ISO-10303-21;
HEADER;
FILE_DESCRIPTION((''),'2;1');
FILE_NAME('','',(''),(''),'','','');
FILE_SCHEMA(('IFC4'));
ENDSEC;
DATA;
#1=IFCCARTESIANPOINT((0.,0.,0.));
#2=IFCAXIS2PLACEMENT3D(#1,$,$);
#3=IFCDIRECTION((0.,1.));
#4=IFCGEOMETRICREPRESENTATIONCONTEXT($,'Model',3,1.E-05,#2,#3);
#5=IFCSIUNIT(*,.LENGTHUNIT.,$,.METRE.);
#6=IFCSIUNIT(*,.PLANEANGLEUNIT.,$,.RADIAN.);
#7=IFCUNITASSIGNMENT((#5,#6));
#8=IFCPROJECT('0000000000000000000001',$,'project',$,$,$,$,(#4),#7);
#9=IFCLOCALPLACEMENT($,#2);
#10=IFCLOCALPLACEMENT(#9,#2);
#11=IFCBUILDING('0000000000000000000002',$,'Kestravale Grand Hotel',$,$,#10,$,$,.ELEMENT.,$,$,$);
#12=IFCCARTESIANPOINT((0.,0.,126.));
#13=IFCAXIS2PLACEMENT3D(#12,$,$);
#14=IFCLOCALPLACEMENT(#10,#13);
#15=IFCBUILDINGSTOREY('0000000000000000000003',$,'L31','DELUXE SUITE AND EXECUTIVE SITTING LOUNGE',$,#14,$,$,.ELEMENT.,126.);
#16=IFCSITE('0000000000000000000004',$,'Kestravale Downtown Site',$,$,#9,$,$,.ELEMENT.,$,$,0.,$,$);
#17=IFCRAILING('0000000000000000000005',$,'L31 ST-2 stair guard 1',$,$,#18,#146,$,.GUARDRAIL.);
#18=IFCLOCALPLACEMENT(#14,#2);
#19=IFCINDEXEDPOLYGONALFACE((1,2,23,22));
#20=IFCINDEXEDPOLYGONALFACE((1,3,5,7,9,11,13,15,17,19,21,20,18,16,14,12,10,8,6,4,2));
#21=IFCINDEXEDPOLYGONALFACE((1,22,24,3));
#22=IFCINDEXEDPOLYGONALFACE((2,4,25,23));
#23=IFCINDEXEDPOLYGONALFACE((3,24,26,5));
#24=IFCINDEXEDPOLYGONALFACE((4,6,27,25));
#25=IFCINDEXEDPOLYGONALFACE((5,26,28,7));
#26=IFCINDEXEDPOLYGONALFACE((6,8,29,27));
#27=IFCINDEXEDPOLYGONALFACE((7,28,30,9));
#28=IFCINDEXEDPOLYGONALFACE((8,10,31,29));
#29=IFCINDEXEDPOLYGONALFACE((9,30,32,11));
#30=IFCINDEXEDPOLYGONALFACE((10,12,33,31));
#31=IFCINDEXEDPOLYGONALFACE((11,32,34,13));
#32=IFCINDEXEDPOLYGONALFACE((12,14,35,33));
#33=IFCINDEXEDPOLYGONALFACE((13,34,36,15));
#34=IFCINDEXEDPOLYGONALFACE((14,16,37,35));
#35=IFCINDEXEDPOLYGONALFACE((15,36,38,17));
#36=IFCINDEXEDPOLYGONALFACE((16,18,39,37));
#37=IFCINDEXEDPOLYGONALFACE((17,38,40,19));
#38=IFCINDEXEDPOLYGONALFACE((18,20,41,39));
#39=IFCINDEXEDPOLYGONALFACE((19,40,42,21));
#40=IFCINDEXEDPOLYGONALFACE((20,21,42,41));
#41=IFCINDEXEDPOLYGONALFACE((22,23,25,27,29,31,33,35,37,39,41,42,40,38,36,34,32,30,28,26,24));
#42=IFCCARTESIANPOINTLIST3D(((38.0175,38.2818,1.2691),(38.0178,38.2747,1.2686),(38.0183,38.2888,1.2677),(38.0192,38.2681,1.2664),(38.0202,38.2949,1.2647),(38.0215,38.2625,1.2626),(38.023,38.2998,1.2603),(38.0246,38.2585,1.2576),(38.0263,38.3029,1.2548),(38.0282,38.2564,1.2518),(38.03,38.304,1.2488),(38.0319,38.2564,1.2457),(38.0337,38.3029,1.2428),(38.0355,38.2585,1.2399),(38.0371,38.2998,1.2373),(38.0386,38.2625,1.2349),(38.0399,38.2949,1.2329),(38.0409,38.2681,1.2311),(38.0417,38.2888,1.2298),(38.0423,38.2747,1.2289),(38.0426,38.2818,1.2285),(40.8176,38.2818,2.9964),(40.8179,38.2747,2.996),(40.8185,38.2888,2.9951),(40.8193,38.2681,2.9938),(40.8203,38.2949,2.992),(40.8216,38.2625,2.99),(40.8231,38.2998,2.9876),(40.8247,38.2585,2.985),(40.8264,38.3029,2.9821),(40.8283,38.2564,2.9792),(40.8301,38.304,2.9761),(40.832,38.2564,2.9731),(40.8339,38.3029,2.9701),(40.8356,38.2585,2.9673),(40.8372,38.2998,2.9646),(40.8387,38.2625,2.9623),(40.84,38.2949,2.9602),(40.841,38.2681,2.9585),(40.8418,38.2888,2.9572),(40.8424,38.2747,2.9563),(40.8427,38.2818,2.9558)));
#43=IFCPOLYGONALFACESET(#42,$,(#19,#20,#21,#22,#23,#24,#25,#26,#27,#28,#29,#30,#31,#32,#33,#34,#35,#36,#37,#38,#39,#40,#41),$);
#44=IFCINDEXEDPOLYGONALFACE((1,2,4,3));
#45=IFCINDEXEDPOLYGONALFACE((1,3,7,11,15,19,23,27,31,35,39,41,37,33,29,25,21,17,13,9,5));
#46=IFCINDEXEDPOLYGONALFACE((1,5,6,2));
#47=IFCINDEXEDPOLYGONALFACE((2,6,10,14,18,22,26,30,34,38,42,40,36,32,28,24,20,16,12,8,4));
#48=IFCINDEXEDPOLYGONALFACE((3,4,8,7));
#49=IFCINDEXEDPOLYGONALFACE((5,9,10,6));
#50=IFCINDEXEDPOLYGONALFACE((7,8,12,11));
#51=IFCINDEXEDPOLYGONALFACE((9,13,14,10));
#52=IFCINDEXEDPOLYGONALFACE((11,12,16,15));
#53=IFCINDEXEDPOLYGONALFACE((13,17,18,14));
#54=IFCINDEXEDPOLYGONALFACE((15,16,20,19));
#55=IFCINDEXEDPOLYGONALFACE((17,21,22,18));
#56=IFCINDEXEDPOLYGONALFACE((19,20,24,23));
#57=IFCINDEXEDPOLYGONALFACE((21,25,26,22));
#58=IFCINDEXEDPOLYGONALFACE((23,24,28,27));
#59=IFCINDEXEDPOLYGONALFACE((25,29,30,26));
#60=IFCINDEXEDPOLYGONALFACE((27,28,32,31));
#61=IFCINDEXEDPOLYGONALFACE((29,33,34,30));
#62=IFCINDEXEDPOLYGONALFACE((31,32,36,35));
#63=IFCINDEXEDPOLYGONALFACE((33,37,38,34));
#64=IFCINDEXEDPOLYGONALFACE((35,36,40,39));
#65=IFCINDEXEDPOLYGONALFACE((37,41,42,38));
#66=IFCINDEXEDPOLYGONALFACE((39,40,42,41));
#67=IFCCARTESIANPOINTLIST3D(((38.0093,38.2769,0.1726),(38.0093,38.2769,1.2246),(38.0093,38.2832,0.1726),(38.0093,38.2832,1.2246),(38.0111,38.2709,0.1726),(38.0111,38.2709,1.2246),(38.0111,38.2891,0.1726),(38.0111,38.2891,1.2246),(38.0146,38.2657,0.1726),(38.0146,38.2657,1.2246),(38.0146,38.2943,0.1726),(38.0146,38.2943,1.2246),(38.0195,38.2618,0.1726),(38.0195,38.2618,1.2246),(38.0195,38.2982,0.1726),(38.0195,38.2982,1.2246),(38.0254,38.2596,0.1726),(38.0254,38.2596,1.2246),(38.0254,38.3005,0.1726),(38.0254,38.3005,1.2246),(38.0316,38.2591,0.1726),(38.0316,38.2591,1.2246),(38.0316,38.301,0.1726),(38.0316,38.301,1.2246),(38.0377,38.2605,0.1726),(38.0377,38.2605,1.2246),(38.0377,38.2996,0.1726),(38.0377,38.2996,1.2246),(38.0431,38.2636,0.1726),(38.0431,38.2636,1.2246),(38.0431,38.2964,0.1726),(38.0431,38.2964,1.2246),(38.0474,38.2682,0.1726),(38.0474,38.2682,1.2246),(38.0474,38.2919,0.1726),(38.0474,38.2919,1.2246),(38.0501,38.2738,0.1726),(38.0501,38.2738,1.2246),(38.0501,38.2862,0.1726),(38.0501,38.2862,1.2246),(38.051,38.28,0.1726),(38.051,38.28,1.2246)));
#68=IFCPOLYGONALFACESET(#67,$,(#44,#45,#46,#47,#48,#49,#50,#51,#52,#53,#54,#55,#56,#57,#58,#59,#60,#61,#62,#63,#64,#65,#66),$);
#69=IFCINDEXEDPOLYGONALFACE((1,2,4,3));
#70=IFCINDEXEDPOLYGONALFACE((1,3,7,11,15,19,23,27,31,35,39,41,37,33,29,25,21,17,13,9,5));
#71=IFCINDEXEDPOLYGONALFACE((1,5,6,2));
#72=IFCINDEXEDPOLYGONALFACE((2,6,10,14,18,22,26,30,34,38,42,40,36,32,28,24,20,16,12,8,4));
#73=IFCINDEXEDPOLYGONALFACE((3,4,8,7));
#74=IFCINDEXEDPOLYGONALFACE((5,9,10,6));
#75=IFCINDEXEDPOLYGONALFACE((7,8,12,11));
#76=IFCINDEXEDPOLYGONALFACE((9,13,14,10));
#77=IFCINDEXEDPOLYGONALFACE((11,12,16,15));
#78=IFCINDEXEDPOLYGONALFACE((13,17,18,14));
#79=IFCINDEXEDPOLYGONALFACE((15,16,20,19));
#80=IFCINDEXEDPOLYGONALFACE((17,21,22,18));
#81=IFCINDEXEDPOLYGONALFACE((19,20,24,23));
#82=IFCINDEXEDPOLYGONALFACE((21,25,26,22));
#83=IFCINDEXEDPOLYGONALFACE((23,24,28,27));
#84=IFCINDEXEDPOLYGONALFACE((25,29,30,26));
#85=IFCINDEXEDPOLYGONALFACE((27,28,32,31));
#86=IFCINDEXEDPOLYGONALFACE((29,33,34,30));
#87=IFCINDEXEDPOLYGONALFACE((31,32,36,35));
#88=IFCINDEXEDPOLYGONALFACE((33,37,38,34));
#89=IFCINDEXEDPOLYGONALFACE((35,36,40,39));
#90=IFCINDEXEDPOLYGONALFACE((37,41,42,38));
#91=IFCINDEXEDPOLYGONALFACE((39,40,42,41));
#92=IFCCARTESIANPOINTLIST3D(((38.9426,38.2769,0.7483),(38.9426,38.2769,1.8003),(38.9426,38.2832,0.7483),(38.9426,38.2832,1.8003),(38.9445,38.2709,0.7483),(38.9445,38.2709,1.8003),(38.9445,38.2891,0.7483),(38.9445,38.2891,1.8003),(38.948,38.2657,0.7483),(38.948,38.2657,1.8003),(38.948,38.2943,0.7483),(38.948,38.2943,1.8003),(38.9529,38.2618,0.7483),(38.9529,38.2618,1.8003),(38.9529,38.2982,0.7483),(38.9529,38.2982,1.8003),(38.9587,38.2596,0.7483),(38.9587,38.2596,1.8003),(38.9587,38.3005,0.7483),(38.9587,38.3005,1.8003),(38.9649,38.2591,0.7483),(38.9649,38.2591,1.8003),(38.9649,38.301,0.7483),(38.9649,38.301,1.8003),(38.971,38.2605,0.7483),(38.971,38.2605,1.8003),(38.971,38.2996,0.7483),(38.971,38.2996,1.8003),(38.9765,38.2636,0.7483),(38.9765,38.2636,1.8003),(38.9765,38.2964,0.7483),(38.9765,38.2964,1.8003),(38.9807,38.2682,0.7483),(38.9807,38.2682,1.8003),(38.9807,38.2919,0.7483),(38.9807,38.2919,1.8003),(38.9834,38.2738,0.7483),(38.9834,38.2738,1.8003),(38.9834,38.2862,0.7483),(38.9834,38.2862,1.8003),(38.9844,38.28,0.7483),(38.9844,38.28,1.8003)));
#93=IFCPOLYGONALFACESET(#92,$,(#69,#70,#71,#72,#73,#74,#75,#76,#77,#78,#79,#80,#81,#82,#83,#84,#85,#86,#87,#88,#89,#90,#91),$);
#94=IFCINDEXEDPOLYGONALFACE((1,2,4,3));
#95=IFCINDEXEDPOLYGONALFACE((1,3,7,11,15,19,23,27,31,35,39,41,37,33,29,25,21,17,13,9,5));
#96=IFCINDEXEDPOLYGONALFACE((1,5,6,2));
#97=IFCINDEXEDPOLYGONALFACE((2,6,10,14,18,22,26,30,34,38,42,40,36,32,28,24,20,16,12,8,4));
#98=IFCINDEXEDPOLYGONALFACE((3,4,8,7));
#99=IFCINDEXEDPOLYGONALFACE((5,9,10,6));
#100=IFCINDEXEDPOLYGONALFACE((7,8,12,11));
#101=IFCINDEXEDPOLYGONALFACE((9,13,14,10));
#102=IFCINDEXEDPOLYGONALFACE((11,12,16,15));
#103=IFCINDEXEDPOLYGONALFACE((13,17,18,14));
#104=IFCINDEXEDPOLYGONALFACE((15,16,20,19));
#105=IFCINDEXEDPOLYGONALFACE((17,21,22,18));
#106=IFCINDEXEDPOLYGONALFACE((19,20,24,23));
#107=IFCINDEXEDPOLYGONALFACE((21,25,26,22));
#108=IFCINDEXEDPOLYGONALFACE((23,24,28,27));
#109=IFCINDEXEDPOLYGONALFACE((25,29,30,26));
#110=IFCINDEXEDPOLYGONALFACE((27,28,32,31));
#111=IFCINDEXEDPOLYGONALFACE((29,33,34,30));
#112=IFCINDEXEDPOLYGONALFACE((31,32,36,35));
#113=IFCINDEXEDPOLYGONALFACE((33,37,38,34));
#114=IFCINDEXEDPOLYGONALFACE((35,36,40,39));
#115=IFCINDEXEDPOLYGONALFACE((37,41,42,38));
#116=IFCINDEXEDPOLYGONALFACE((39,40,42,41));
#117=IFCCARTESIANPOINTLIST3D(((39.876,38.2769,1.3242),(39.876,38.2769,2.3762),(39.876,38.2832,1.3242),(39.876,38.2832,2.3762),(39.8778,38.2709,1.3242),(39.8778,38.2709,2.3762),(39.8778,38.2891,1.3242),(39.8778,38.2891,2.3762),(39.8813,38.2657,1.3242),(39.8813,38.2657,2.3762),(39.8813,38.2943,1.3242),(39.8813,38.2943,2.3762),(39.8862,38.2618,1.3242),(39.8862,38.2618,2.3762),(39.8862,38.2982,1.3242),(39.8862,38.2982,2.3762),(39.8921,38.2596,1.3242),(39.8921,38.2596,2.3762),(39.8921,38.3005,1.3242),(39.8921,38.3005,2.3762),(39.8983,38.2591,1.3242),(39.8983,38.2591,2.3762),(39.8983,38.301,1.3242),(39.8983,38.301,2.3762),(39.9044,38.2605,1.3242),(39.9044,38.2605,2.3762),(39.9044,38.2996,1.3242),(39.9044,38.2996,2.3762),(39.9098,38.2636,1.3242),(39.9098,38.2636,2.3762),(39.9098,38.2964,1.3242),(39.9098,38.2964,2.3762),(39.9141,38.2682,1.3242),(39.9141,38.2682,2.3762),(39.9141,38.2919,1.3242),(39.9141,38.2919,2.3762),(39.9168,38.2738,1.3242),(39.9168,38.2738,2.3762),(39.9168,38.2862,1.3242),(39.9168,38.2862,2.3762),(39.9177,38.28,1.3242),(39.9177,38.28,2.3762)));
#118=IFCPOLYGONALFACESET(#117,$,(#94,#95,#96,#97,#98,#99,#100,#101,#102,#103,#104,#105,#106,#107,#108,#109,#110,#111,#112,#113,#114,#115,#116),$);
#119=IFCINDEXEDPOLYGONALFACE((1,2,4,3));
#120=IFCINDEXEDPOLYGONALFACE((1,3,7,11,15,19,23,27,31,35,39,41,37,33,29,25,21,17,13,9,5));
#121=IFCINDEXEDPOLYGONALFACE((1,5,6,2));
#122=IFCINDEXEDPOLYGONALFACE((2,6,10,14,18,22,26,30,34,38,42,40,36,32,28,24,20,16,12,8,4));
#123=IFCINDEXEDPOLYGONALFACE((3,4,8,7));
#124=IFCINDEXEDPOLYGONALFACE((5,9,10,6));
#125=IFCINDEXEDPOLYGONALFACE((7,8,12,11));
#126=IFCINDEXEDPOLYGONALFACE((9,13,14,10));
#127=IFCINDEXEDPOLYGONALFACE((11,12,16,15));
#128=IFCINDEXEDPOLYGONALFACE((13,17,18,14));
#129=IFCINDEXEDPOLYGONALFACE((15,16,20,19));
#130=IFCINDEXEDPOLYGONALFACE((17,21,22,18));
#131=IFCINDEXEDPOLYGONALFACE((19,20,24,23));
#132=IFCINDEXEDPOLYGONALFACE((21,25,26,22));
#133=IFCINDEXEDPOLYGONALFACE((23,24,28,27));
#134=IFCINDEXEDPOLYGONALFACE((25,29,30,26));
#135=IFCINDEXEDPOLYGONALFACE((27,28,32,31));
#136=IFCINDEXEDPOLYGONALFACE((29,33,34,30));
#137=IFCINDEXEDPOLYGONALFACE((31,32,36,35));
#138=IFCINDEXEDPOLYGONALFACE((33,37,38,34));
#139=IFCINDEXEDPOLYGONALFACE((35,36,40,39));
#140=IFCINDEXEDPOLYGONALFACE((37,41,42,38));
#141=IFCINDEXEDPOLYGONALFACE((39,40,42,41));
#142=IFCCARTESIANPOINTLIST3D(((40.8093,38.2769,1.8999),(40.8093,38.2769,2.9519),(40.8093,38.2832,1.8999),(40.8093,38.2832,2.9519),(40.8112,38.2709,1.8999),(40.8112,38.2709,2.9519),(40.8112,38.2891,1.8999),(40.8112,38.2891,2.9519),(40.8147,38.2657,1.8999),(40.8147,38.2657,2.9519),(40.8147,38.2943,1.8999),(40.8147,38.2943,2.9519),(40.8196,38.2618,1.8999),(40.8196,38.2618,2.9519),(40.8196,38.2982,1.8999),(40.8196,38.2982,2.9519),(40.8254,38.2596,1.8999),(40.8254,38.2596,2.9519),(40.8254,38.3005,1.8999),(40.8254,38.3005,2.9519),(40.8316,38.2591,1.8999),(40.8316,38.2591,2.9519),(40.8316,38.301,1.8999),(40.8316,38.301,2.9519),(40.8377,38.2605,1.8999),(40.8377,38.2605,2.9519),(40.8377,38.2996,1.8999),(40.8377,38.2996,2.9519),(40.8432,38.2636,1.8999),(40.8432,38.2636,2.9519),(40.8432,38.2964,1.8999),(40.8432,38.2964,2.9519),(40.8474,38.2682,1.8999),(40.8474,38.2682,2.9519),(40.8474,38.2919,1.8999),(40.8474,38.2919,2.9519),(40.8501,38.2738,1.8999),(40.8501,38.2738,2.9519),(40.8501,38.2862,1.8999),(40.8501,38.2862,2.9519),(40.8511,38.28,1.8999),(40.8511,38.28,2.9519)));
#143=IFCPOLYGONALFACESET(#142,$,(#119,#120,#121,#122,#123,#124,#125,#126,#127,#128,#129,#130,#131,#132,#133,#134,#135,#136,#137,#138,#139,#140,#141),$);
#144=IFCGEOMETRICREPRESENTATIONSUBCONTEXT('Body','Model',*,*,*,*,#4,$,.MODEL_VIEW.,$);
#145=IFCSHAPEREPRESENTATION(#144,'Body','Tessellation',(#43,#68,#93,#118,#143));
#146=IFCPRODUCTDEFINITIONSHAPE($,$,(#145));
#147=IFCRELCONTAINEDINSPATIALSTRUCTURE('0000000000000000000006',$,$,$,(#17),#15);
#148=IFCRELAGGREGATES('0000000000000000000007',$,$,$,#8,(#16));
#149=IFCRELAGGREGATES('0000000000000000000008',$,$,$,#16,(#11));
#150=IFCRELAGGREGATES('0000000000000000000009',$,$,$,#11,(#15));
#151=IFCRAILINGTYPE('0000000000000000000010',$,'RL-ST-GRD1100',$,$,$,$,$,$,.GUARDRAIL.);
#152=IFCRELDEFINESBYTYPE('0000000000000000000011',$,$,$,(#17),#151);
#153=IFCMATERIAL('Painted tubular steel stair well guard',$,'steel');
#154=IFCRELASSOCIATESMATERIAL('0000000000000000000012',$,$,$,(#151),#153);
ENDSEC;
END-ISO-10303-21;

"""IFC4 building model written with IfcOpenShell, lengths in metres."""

from ifc_helpers import new_model, si_unit, direction, frame, origin, origin_2d, place, context, subcontext, project, spatial, circle, extrude, material, type_object, element, save


model = new_model("IFC4")

# Units and contexts
model_context = context("Model", 3, precision=1e-05, world=origin(), true_north=direction((0.0, 1.0)))
body_context = subcontext(model_context, "Body", "Model", "MODEL_VIEW")
ifc_project = project(units=[si_unit("LENGTHUNIT", "METRE"), si_unit("PLANEANGLEUNIT", "RADIAN")], contexts=[model_context])

# Site, building, storey
site_placement = place(None, origin())
site = spatial("IfcSite", under=ifc_project, at=site_placement, Name="Kestravale Downtown Site", CompositionType="ELEMENT", RefElevation=0.0)
building_placement = place(site_placement, origin())
building = spatial("IfcBuilding", under=site, at=building_placement, Name="Kestravale Grand Hotel", CompositionType="ELEMENT")
storey_placement = place(building_placement, frame((0.0, 0.0, 126.0)))
storey = spatial("IfcBuildingStorey", under=building, at=storey_placement, Name="L31", Description="DELUXE SUITE AND EXECUTIVE SITTING LOUNGE", CompositionType="ELEMENT", Elevation=126.0)

# Railing
ifc_material_1 = material(Name="Painted tubular steel stair well guard", Category="steel")
railing_type_1 = type_object("IfcRailingType", Name="RL-ST-GRD1100", PredefinedType="GUARDRAIL", material=ifc_material_1)
railing_1_placement = place(storey_placement, frame((38.03, 38.28, 0.1726)))
element("IfcRailing", 1, at=railing_1_placement, inside=storey, type_object=railing_type_1, Name="L31 ST-2 stair guard 1", PredefinedType="GUARDRAIL", context=body_context, shape_type="SweptSolid", body=[
    extrude(circle(Radius=0.0239, at=origin_2d()), frame((0.0, 0.0, 1.0762), z_axis=(0.85109, 0.0, 0.52502), x_axis=(0.0, 1.0, 0.0)), (0.0, 0.0, 1.0), 3.29),
    extrude(circle(Radius=0.021, at=origin_2d()), origin(), (0.0, 0.0, 1.0), 1.052),
    extrude(circle(Radius=0.021, at=origin_2d()), frame((0.9333, 0.0, 0.5757)), (0.0, 0.0, 1.0), 1.052),
    extrude(circle(Radius=0.021, at=origin_2d()), frame((1.8667, 0.0, 1.1516)), (0.0, 0.0, 1.0), 1.052),
    extrude(circle(Radius=0.021, at=origin_2d()), frame((2.8, 0.0, 1.7273)), (0.0, 0.0, 1.0), 1.052),
])

save(model, "model.ifc")
